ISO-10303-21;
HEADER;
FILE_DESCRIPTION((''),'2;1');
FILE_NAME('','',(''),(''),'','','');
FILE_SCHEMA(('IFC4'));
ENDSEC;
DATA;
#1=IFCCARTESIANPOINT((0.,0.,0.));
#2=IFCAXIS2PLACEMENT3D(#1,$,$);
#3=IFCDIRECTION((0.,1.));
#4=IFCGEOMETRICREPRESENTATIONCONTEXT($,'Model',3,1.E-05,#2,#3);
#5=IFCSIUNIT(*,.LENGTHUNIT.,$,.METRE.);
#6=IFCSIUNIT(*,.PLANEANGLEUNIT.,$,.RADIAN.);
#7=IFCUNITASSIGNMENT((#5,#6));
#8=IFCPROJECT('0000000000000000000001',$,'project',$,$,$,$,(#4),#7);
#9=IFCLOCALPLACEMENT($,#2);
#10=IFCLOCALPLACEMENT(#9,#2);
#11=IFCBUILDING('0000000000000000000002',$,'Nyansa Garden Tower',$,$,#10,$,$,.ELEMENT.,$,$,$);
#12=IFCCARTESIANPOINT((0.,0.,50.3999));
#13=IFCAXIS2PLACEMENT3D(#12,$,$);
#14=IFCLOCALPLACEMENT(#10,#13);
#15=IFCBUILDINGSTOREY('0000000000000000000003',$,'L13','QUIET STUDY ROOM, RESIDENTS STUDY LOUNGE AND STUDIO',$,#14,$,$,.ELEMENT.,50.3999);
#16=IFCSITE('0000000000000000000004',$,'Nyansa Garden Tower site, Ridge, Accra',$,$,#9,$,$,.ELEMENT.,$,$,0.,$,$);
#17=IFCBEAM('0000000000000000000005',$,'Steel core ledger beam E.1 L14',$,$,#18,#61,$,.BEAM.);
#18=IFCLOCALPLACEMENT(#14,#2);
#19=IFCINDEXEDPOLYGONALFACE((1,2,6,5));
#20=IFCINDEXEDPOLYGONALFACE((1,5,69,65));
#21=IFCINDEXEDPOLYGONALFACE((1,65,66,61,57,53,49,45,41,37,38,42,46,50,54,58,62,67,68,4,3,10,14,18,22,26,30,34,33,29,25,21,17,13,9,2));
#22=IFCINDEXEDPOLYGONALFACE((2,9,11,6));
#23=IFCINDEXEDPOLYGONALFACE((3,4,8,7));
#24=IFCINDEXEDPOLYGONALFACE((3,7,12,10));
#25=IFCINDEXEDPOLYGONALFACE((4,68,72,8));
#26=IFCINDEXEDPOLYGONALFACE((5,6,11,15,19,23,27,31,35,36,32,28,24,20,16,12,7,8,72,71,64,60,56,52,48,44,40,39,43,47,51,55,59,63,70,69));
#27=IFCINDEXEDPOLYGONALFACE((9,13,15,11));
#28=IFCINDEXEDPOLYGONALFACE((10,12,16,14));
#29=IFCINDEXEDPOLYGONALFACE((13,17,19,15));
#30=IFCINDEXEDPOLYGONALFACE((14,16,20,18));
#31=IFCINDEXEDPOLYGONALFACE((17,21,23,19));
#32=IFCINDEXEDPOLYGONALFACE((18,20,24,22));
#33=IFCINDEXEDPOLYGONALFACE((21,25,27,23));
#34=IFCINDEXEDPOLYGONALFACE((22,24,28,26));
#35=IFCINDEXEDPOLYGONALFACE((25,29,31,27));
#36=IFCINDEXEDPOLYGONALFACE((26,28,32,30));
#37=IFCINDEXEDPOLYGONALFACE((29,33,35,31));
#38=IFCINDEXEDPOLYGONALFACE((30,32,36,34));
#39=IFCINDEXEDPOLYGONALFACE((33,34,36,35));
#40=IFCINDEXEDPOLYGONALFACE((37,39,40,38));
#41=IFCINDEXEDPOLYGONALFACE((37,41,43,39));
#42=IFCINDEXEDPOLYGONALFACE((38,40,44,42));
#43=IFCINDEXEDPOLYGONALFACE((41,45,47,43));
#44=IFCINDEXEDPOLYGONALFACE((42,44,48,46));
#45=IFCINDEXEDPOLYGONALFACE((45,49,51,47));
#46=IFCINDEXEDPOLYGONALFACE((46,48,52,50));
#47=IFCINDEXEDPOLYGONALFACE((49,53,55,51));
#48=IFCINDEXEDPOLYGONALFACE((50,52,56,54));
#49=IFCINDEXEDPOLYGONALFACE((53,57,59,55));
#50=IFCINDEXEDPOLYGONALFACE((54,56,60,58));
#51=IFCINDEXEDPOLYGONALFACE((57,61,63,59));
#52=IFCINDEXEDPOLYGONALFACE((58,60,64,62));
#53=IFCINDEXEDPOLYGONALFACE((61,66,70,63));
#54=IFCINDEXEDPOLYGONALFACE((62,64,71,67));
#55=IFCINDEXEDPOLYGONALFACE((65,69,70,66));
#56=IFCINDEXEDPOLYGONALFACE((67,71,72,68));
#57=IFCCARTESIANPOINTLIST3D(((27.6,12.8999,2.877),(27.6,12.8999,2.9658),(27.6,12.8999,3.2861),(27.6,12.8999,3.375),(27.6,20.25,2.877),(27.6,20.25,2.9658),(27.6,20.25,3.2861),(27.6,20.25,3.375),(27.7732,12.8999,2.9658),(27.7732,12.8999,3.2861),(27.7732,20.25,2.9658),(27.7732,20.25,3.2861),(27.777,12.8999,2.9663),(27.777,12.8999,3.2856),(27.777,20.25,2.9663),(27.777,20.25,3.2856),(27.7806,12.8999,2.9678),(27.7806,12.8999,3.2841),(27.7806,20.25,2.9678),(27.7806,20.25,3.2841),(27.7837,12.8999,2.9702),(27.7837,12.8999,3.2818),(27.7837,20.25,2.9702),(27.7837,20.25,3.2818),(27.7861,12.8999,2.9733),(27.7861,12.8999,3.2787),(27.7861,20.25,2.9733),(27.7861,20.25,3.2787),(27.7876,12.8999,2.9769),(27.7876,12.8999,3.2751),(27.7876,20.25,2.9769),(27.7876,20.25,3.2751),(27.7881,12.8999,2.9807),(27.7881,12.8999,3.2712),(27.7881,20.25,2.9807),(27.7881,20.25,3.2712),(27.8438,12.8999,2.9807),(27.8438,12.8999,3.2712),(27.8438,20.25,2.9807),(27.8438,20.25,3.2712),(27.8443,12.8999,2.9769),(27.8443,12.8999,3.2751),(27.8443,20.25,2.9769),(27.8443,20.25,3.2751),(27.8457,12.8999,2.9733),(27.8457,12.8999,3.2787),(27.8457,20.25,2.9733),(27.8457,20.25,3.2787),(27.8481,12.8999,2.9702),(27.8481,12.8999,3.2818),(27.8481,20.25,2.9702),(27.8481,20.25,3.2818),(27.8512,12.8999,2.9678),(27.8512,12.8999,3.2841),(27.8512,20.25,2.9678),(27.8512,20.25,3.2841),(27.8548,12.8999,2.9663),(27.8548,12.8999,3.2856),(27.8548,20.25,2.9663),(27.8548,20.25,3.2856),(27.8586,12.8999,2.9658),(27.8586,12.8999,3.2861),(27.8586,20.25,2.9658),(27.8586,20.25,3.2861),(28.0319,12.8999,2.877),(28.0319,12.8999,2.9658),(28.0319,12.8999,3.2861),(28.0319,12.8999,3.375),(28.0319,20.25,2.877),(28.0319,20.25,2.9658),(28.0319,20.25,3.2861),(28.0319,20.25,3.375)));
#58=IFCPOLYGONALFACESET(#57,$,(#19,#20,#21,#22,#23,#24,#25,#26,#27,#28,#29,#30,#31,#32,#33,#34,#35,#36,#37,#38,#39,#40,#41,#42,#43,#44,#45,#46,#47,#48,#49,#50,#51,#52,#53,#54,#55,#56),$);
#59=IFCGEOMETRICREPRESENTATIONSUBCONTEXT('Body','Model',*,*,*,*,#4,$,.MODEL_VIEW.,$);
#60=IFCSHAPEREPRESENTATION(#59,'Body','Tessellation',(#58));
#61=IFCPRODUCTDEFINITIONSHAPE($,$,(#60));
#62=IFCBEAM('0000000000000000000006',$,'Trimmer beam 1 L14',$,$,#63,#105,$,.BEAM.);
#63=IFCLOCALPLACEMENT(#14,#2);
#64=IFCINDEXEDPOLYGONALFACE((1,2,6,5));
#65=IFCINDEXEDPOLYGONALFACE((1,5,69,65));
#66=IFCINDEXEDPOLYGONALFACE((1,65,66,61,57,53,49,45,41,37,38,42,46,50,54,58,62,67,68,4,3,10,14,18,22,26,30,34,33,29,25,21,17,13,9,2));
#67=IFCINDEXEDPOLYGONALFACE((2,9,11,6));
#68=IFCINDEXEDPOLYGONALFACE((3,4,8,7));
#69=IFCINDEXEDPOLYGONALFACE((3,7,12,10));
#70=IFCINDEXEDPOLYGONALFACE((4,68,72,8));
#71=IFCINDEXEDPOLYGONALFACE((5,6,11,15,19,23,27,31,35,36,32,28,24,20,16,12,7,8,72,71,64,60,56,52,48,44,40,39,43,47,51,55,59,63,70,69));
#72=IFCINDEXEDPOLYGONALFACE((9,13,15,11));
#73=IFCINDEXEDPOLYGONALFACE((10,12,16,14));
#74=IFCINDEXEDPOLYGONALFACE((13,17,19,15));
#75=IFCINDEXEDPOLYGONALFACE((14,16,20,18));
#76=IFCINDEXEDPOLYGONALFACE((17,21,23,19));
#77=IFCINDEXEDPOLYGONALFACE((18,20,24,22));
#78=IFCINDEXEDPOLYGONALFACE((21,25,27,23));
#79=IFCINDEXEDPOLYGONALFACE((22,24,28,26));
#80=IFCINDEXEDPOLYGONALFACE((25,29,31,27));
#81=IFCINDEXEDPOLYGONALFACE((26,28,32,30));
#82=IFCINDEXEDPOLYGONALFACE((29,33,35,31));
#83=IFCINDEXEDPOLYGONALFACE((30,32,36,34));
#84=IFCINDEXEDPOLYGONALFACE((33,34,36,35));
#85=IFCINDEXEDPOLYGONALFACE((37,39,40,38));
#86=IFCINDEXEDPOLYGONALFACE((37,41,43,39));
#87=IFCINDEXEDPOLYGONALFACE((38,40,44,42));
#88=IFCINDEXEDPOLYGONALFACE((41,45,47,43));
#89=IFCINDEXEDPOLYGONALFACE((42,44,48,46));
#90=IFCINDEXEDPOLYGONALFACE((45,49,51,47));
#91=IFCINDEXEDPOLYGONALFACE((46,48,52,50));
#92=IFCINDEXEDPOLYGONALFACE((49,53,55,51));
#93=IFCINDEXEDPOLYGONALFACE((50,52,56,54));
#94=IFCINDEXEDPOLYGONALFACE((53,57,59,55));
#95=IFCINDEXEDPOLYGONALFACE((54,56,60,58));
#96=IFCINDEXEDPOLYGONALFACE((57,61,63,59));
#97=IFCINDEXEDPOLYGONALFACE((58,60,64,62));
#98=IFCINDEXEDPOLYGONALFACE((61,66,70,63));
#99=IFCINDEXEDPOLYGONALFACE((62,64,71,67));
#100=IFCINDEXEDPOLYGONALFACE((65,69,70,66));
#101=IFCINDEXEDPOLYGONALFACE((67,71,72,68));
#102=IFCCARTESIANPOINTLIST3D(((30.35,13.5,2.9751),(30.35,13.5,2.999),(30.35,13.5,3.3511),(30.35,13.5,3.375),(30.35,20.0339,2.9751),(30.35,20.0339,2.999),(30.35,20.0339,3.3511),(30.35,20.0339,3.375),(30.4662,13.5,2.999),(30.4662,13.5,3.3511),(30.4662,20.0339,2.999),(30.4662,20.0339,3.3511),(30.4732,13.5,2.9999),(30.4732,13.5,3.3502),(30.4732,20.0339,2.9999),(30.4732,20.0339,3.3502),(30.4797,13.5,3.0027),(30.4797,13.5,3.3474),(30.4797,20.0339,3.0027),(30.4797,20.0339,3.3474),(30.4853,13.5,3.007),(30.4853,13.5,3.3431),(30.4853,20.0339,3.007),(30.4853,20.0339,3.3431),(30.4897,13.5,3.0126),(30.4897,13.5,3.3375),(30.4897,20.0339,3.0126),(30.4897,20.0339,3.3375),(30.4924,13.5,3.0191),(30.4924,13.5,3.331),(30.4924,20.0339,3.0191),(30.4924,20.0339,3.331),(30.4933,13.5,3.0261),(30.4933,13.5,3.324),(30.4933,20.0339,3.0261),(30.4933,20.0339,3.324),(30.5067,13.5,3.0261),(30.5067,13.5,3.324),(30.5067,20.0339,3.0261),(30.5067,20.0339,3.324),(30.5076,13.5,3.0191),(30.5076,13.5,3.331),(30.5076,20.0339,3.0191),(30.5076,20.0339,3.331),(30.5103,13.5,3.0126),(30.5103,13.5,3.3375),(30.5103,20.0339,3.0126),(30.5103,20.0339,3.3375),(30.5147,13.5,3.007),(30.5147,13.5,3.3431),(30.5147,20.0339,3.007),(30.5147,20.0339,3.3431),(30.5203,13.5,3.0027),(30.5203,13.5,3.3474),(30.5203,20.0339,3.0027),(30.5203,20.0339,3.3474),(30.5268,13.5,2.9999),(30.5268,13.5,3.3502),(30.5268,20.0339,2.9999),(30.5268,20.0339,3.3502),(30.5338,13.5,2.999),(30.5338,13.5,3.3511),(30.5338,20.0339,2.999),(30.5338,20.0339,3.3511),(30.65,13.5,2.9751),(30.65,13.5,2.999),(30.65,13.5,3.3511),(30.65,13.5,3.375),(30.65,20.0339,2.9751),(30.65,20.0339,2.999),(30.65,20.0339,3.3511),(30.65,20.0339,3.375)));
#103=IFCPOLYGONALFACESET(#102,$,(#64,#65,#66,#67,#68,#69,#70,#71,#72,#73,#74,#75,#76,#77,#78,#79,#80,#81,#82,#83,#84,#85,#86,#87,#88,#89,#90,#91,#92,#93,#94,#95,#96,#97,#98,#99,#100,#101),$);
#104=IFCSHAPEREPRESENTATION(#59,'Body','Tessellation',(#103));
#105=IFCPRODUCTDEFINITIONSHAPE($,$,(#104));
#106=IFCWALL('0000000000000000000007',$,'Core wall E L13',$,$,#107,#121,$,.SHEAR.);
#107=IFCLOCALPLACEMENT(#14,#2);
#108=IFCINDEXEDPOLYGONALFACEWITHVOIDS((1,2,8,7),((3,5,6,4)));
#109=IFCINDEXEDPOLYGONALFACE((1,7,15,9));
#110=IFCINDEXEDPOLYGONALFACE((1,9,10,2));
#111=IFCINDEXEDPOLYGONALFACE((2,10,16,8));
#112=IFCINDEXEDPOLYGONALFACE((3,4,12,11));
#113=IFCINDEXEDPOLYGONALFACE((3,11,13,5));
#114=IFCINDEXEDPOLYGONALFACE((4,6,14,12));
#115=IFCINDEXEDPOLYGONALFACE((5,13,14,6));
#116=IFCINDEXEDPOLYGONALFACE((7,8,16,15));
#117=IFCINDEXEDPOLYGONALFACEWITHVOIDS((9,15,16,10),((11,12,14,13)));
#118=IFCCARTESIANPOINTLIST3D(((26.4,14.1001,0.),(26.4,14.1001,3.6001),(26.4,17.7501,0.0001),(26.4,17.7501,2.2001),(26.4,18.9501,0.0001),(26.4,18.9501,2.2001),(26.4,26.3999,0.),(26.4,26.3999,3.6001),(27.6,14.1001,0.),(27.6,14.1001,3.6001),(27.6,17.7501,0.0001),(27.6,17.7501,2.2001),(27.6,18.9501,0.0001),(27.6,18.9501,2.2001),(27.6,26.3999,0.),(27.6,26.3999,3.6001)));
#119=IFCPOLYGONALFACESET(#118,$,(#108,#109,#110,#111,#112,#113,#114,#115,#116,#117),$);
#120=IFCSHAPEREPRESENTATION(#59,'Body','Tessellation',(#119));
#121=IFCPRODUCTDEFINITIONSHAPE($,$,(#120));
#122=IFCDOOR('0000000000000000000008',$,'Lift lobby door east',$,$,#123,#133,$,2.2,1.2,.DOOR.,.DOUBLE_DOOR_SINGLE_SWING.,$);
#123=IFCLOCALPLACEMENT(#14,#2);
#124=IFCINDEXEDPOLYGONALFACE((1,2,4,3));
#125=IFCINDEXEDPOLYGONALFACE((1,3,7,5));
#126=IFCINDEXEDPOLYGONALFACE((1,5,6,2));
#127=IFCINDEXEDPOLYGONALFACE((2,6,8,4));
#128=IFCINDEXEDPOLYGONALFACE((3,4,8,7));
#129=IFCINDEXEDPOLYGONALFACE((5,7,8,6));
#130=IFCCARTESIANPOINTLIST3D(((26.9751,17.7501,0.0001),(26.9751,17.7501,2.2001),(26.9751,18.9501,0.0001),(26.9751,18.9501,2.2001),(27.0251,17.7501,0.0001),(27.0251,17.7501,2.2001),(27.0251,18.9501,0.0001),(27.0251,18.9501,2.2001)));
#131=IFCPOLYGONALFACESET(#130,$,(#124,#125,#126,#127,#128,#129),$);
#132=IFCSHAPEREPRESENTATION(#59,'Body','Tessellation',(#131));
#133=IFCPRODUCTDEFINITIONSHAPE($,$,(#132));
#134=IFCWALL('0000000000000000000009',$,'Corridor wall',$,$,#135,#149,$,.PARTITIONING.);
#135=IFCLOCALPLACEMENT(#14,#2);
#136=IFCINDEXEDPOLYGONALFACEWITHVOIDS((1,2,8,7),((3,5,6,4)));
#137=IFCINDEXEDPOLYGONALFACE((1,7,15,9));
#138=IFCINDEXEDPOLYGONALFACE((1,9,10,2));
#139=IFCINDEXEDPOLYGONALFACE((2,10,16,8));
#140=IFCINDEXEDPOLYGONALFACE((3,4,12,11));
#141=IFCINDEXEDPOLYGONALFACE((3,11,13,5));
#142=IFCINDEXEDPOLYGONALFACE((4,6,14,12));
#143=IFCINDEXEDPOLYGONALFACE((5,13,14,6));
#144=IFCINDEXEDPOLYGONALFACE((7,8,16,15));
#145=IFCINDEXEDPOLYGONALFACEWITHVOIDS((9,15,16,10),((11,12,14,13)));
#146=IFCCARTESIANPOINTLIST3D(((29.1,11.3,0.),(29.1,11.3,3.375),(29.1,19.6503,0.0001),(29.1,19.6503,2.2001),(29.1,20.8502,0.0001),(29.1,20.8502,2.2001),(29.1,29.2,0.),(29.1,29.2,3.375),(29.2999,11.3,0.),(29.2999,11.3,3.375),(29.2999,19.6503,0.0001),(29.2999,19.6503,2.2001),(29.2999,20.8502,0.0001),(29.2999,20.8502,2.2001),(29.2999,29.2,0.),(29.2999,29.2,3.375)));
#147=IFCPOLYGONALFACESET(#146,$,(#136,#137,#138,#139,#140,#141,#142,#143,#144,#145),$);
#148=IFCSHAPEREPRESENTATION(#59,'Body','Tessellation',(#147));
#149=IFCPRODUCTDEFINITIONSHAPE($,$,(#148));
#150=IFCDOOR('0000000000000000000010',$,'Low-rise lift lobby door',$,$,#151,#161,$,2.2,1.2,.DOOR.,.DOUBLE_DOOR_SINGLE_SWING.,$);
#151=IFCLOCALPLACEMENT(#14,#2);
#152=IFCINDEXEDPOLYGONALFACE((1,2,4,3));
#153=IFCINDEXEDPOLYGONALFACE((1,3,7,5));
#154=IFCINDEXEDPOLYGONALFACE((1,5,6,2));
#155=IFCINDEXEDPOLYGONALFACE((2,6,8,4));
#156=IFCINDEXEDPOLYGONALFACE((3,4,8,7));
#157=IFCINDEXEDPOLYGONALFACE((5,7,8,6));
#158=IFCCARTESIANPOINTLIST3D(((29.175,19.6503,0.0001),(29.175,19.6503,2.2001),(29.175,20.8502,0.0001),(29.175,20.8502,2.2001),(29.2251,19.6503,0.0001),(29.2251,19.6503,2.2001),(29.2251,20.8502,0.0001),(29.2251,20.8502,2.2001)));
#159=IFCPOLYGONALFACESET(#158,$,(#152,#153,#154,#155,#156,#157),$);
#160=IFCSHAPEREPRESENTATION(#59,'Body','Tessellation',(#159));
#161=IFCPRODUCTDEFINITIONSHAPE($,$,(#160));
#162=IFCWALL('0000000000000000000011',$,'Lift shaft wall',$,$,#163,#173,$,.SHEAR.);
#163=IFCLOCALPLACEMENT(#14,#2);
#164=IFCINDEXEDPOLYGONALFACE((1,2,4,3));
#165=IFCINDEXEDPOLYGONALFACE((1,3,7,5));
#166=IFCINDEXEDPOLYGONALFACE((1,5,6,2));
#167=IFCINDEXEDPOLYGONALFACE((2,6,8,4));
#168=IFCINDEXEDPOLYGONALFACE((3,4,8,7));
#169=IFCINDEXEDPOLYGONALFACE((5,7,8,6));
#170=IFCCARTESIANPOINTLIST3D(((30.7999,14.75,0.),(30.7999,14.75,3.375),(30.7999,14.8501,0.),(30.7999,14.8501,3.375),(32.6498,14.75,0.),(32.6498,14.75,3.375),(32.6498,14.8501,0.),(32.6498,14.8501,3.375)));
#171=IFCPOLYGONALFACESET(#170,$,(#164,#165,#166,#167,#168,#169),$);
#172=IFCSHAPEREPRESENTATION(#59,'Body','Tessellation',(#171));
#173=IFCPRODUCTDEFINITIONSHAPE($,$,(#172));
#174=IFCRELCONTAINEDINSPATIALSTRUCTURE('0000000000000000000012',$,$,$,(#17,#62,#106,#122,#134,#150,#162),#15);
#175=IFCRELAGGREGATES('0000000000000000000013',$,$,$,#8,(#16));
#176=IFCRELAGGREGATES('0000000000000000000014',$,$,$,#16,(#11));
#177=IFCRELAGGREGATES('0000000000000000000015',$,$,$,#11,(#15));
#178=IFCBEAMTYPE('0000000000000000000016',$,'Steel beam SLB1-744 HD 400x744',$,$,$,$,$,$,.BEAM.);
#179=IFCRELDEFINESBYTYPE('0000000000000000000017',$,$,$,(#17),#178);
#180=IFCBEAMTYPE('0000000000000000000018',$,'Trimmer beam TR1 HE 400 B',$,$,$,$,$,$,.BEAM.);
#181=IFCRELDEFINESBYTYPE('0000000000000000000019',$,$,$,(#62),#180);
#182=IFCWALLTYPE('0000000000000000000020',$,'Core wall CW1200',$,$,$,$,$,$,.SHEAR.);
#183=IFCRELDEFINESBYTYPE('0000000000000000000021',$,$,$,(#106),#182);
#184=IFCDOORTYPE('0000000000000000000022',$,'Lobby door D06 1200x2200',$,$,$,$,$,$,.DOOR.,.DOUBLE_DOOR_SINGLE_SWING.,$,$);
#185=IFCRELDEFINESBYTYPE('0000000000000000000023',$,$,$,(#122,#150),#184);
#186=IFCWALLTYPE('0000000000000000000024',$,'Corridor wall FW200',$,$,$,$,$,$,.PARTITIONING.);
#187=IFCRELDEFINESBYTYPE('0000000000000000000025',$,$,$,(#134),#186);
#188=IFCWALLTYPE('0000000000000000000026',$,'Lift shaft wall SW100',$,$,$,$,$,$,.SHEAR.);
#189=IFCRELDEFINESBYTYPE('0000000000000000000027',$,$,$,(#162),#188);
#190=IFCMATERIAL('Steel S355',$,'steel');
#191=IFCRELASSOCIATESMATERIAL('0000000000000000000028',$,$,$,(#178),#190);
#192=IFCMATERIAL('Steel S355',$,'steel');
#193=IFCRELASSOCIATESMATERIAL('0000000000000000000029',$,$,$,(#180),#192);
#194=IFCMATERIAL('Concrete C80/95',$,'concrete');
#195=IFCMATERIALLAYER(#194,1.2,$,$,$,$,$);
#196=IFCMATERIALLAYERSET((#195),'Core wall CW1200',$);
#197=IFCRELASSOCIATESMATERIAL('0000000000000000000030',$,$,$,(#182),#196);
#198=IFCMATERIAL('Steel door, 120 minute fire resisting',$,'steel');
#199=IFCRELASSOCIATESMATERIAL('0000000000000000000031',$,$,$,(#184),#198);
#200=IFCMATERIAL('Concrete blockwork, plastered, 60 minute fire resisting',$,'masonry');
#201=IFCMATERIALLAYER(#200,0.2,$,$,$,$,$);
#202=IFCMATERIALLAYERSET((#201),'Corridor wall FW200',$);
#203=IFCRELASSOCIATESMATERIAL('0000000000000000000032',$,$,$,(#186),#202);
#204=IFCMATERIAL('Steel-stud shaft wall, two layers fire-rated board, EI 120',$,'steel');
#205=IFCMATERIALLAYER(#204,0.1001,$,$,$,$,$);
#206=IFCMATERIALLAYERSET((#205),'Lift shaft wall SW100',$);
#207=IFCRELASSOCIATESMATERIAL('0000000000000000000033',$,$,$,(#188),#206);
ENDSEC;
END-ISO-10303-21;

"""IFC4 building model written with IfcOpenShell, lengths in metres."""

from ifc_helpers import new_model, si_unit, direction, frame, frame_2d, origin, origin_2d, place, context, subcontext, project, spatial, rectangle, i_section, extrude, material, layer, layer_set, material_profile, profile_set, type_object, element, fill, save


model = new_model("IFC4")

# Units and contexts
model_context = context("Model", 3, precision=1e-05, world=origin(), true_north=direction((0.0, 1.0)))
body_context = subcontext(model_context, "Body", "Model", "MODEL_VIEW")
ifc_project = project(units=[si_unit("LENGTHUNIT", "METRE"), si_unit("PLANEANGLEUNIT", "RADIAN")], contexts=[model_context])

# Site, building, storey
site_placement = place(None, origin())
site = spatial("IfcSite", under=ifc_project, at=site_placement, Name="Nyansa Garden Tower site, Ridge, Accra", CompositionType="ELEMENT", RefElevation=0.0)
building_placement = place(site_placement, origin())
building = spatial("IfcBuilding", under=site, at=building_placement, Name="Nyansa Garden Tower", CompositionType="ELEMENT")
storey_placement = place(building_placement, frame((0.0, 0.0, 50.3999)))
storey = spatial("IfcBuildingStorey", under=building, at=storey_placement, Name="L13", Description="QUIET STUDY ROOM, RESIDENTS STUDY LOUNGE AND STUDIO", CompositionType="ELEMENT", Elevation=50.3999)

# Beams
ifc_material_1 = material(Name="Steel S355", Category="steel")
ifc_material_profile_1 = material_profile(ifc_material_1, i_section(OverallWidth=0.4319, OverallDepth=0.498, WebThickness=0.0557, FlangeThickness=0.0889, FilletRadius=0.0149, at=origin_2d()), Name="HD 400x744")
ifc_profile_set_1 = profile_set([ifc_material_profile_1], Name="Steel S355")
beam_type_1 = type_object("IfcBeamType", Name="Steel beam SLB1-744 HD 400x744", PredefinedType="BEAM", material=ifc_profile_set_1)
beam_1_placement = place(storey_placement, frame((27.8159, 12.8999, 3.126), z_axis=(0.0, 1.0, 0.0), x_axis=(-1.0, 0.0, 0.0)))
element("IfcBeam", 1, at=beam_1_placement, inside=storey, type_object=beam_type_1, Name="Steel core ledger beam E.1 L14", PredefinedType="BEAM", context=body_context, shape_type="SweptSolid", body=[
    extrude(i_section(OverallWidth=0.4319, OverallDepth=0.498, WebThickness=0.0557, FlangeThickness=0.0889, FilletRadius=0.0149, at=origin_2d()), origin(), (0.0, 0.0, 1.0), 7.3501),
])
ifc_material_2 = material(Name="Steel S355", Category="steel")
ifc_material_profile_2 = material_profile(ifc_material_2, i_section(OverallWidth=0.3, OverallDepth=0.3999, WebThickness=0.0134, FlangeThickness=0.0239, FilletRadius=0.0271, at=origin_2d()), Name="HE 400 B")
ifc_profile_set_2 = profile_set([ifc_material_profile_2], Name="Steel S355")
beam_type_2 = type_object("IfcBeamType", Name="Trimmer beam TR1 HE 400 B", PredefinedType="BEAM", material=ifc_profile_set_2)
beam_2_placement = place(storey_placement, frame((30.5, 13.5, 3.175), z_axis=(0.0, 1.0, 0.0), x_axis=(-1.0, 0.0, 0.0)))
element("IfcBeam", 2, at=beam_2_placement, inside=storey, type_object=beam_type_2, Name="Trimmer beam 1 L14", PredefinedType="BEAM", context=body_context, shape_type="SweptSolid", body=[
    extrude(i_section(OverallWidth=0.3, OverallDepth=0.3999, WebThickness=0.0134, FlangeThickness=0.0239, FilletRadius=0.0271, at=origin_2d()), origin(), (0.0, 0.0, 1.0), 6.5339),
])

# Walls, openings, doors
ifc_material_3 = material(Name="Concrete C80/95", Category="concrete")
ifc_layer_1 = layer(ifc_material_3, 1.2)
ifc_layer_set_1 = layer_set([ifc_layer_1], Name="Core wall CW1200")
wall_type_1 = type_object("IfcWallType", Name="Core wall CW1200", PredefinedType="SHEAR", material=ifc_layer_set_1)
wall_1_placement = place(storey_placement, frame((27.0, 14.1001, 0.0), z_axis=(0.0, 0.0, 1.0), x_axis=(0.0, 1.0, 0.0)))
wall_1 = element("IfcWall", 3, at=wall_1_placement, inside=storey, type_object=wall_type_1, Name="Core wall E L13", PredefinedType="SHEAR", context=body_context, shape_type="SweptSolid", body=[
    extrude(rectangle(XDim=12.2998, YDim=1.2, at=frame_2d((6.1499, 0.0))), origin(), (0.0, 0.0, 1.0), 3.6001),
])
opening_1_placement = place(wall_1_placement, frame((3.6499, 0.0, 0.0)))
opening_1 = element("IfcOpeningElement", 4, at=opening_1_placement, cuts=wall_1, PredefinedType="OPENING", context=body_context, shape_type="SweptSolid", body=[
    extrude(rectangle(XDim=1.2, YDim=2.2, at=frame_2d((0.6001, 1.1001))), frame((0.0, 0.6099, 0.0), z_axis=(0.0, -1.0, 0.0), x_axis=(1.0, 0.0, 0.0)), (0.0, 0.0, 1.0), 1.22),
])
ifc_material_4 = material(Name="Steel door, 120 minute fire resisting", Category="steel")
door_type_1 = type_object("IfcDoorType", Name="Lobby door D06 1200x2200", OperationType="DOUBLE_DOOR_SINGLE_SWING", PredefinedType="DOOR", material=ifc_material_4)
door_1_placement = place(opening_1_placement, origin())
door_1 = element("IfcDoor", 5, at=door_1_placement, inside=storey, type_object=door_type_1, Name="Lift lobby door east", OperationType="DOUBLE_DOOR_SINGLE_SWING", OverallHeight=2.2, OverallWidth=1.2, PredefinedType="DOOR", context=body_context, shape_type="SweptSolid", body=[
    extrude(rectangle(XDim=1.2, YDim=2.2, at=frame_2d((0.6001, 1.1001))), frame((0.0, 0.0249, 0.0), z_axis=(0.0, -1.0, 0.0), x_axis=(1.0, 0.0, 0.0)), (0.0, 0.0, 1.0), 0.05),
])
fill(opening_1, door_1)
ifc_material_5 = material(Name="Concrete blockwork, plastered, 60 minute fire resisting", Category="masonry")
ifc_layer_2 = layer(ifc_material_5, 0.2)
ifc_layer_set_2 = layer_set([ifc_layer_2], Name="Corridor wall FW200")
wall_type_2 = type_object("IfcWallType", Name="Corridor wall FW200", PredefinedType="PARTITIONING", material=ifc_layer_set_2)
wall_2_placement = place(storey_placement, frame((29.2, 11.3, 0.0), z_axis=(0.0, 0.0, 1.0), x_axis=(0.0, 1.0, 0.0)))
wall_2 = element("IfcWall", 6, at=wall_2_placement, inside=storey, type_object=wall_type_2, Name="Corridor wall", PredefinedType="PARTITIONING", context=body_context, shape_type="SweptSolid", body=[
    extrude(rectangle(XDim=17.8999, YDim=0.2, at=frame_2d((8.95, 0.0))), origin(), (0.0, 0.0, 1.0), 3.375),
])
opening_2_placement = place(wall_2_placement, frame((8.3501, 0.0, 0.0)))
opening_2 = element("IfcOpeningElement", 7, at=opening_2_placement, cuts=wall_2, PredefinedType="OPENING", context=body_context, shape_type="SweptSolid", body=[
    extrude(rectangle(XDim=1.2, YDim=2.2, at=frame_2d((0.6001, 1.1001))), frame((0.0, 0.1099, 0.0), z_axis=(0.0, -1.0, 0.0), x_axis=(1.0, 0.0, 0.0)), (0.0, 0.0, 1.0), 0.22),
])
door_2_placement = place(opening_2_placement, origin())
door_2 = element("IfcDoor", 8, at=door_2_placement, inside=storey, type_object=door_type_1, Name="Low-rise lift lobby door", OperationType="DOUBLE_DOOR_SINGLE_SWING", OverallHeight=2.2, OverallWidth=1.2, PredefinedType="DOOR", context=body_context, shape_type="SweptSolid", body=[
    extrude(rectangle(XDim=1.2, YDim=2.2, at=frame_2d((0.6001, 1.1001))), frame((0.0, 0.0249, 0.0), z_axis=(0.0, -1.0, 0.0), x_axis=(1.0, 0.0, 0.0)), (0.0, 0.0, 1.0), 0.05),
])
fill(opening_2, door_2)

# Wall
ifc_material_6 = material(Name="Steel-stud shaft wall, two layers fire-rated board, EI 120", Category="steel")
ifc_layer_3 = layer(ifc_material_6, 0.1001)
ifc_layer_set_3 = layer_set([ifc_layer_3], Name="Lift shaft wall SW100")
wall_type_3 = type_object("IfcWallType", Name="Lift shaft wall SW100", PredefinedType="SHEAR", material=ifc_layer_set_3)
wall_3_placement = place(storey_placement, frame((30.8, 14.8, 0.0), z_axis=(0.0, 0.0, 1.0), x_axis=(1.0, 0.0, 0.0)))
element("IfcWall", 9, at=wall_3_placement, inside=storey, type_object=wall_type_3, Name="Lift shaft wall", PredefinedType="SHEAR", context=body_context, shape_type="SweptSolid", body=[
    extrude(rectangle(XDim=1.8499, YDim=0.1001, at=frame_2d((0.9248, 0.0))), origin(), (0.0, 0.0, 1.0), 3.375),
])

save(model, "model.ifc")
